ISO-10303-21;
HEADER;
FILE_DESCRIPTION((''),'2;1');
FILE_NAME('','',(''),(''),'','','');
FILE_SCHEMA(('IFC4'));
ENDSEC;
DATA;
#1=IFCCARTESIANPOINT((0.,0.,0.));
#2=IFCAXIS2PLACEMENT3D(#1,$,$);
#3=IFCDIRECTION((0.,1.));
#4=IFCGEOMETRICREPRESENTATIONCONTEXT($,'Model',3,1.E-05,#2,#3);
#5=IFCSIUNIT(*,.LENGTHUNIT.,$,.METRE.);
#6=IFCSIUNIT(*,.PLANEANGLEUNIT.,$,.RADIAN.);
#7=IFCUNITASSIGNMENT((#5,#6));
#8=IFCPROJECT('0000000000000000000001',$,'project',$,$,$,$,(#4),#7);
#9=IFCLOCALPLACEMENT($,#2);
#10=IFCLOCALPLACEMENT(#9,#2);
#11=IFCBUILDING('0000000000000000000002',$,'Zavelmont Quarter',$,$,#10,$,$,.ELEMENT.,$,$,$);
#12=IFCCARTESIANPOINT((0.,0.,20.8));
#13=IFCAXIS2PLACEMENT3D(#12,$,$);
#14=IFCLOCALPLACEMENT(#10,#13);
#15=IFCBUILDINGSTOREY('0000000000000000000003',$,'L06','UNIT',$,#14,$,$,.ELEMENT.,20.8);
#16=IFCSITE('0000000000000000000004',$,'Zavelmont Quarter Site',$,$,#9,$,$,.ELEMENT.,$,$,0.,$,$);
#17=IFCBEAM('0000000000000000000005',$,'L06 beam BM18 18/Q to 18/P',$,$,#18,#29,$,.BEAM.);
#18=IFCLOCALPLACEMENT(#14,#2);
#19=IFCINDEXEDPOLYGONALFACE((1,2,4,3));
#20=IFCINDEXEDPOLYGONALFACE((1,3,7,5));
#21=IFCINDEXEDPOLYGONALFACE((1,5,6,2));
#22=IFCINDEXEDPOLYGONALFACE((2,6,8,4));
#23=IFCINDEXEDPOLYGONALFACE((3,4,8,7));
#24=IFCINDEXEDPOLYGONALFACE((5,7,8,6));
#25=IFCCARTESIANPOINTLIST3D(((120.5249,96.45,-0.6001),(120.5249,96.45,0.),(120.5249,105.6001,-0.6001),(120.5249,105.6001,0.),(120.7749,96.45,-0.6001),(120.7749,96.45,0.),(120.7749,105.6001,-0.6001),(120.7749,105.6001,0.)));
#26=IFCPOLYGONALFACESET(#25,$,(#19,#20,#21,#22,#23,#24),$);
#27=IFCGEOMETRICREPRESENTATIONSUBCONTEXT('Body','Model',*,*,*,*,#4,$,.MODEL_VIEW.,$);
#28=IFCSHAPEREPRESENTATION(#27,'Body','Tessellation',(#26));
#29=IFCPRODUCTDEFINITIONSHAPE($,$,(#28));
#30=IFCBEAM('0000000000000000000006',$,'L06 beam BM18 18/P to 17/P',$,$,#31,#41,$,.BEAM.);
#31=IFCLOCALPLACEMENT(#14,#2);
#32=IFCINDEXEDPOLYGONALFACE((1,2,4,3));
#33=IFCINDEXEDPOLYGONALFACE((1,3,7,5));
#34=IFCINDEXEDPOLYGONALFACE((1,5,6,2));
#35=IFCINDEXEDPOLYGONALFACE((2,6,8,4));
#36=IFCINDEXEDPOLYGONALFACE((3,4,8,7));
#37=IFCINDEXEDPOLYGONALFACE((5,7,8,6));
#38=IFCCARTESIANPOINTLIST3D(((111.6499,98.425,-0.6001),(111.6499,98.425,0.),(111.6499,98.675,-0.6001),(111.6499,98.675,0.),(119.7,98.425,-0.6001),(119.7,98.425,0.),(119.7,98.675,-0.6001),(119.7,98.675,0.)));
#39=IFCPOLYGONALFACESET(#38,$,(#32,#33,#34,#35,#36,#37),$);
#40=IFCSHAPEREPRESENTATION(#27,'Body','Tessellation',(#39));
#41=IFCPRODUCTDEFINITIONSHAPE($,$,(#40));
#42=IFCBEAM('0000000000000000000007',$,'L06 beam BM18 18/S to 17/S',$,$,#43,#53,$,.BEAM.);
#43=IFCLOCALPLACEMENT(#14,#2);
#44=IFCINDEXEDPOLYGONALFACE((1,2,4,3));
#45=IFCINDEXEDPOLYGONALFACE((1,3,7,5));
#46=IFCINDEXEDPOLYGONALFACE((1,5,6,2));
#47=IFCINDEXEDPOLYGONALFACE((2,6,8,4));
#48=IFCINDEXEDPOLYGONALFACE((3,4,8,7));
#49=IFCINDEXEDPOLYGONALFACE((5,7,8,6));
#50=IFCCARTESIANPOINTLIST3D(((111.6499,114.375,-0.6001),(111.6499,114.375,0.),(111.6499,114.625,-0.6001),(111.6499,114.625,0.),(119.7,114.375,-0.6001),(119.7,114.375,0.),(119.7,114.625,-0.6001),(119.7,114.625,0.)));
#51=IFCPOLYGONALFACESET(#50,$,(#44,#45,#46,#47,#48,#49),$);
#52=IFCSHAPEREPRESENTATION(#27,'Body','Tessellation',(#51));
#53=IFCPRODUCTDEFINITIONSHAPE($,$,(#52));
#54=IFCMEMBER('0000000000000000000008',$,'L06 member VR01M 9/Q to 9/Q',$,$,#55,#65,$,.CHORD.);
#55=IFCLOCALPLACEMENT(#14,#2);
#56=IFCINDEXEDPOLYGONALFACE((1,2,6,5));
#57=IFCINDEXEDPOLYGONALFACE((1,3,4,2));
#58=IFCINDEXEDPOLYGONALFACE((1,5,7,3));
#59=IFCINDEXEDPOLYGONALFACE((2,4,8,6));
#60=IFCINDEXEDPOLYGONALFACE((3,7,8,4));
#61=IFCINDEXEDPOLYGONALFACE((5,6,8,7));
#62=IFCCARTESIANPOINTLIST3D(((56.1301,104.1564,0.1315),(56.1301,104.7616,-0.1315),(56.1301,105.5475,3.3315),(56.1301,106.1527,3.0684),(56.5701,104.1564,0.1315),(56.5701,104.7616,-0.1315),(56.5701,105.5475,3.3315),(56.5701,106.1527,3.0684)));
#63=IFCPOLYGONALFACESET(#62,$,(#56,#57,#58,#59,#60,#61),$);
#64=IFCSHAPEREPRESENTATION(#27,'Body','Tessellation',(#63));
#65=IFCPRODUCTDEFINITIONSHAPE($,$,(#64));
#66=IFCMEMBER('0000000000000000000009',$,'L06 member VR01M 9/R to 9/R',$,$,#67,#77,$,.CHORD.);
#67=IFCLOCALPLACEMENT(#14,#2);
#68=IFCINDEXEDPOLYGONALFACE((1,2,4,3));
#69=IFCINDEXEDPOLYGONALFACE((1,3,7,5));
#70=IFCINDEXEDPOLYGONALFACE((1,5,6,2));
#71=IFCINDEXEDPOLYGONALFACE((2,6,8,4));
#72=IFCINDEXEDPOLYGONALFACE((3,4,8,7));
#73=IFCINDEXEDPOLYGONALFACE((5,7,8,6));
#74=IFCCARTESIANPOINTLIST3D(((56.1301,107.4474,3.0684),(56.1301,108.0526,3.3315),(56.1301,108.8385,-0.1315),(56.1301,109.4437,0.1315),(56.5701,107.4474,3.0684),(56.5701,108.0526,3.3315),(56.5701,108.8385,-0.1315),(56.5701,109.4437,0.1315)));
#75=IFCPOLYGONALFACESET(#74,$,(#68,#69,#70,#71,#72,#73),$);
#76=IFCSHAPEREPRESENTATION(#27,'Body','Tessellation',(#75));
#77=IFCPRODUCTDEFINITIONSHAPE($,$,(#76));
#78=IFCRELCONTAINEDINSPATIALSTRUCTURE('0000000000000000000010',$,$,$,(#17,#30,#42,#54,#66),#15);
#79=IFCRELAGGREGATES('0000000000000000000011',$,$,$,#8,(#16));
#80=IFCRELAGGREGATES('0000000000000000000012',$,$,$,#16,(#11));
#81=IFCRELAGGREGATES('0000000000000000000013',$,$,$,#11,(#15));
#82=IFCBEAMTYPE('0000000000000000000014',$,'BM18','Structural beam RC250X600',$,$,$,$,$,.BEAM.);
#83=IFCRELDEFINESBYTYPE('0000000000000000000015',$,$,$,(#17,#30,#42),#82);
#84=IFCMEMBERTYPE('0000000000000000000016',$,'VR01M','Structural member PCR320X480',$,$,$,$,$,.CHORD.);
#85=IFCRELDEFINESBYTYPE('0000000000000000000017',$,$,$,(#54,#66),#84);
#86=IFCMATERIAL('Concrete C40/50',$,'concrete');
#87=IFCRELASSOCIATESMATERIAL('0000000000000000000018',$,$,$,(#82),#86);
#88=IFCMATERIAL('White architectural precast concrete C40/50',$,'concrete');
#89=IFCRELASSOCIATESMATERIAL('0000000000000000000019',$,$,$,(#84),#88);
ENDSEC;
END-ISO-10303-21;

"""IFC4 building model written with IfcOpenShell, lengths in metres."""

from ifc_helpers import new_model, si_unit, direction, frame, origin, origin_2d, place, context, subcontext, project, spatial, rectangle, extrude, material, material_profile, profile_set, type_object, element, save


model = new_model("IFC4")

# Units and contexts
model_context = context("Model", 3, precision=1e-05, world=origin(), true_north=direction((0.0, 1.0)))
body_context = subcontext(model_context, "Body", "Model", "MODEL_VIEW")
ifc_project = project(units=[si_unit("LENGTHUNIT", "METRE"), si_unit("PLANEANGLEUNIT", "RADIAN")], contexts=[model_context])

# Site, building, storey
site_placement = place(None, origin())
site = spatial("IfcSite", under=ifc_project, at=site_placement, Name="Zavelmont Quarter Site", CompositionType="ELEMENT", RefElevation=0.0)
building_placement = place(site_placement, origin())
building = spatial("IfcBuilding", under=site, at=building_placement, Name="Zavelmont Quarter", CompositionType="ELEMENT")
storey_placement = place(building_placement, frame((0.0, 0.0, 20.8)))
storey = spatial("IfcBuildingStorey", under=building, at=storey_placement, Name="L06", Description="UNIT", CompositionType="ELEMENT", Elevation=20.8)

# Beams
ifc_material_1 = material(Name="Concrete C40/50", Category="concrete")
ifc_material_profile_1 = material_profile(ifc_material_1, rectangle(XDim=0.25, YDim=0.6001, at=origin_2d()), Name="RC250X600")
ifc_profile_set_1 = profile_set([ifc_material_profile_1], Name="Concrete C40/50")
beam_type_1 = type_object("IfcBeamType", Name="BM18", Description="Structural beam RC250X600", PredefinedType="BEAM", material=ifc_profile_set_1)
for number, where, z_axis, x_axis, name in (
    (1, (120.6499, 105.6001, -0.3), (0.0, -1.0, 0.0), (1.0, 0.0, 0.0), "L06 beam BM18 18/Q to 18/P"),
):
    element("IfcBeam", number, at=place(storey_placement, frame(where, z_axis=z_axis, x_axis=x_axis)), inside=storey, type_object=beam_type_1, Name=name, PredefinedType="BEAM", context=body_context, shape_type="SweptSolid", body=[
        extrude(rectangle(XDim=0.25, YDim=0.6001, at=origin_2d()), origin(), (0.0, 0.0, 1.0), 9.1501),
    ])
for number, where, z_axis, x_axis, name in (
    (2, (119.7, 98.55, -0.3), (-1.0, 0.0, 0.0), (0.0, -1.0, 0.0), "L06 beam BM18 18/P to 17/P"),
    (3, (119.7, 114.5, -0.3), (-1.0, 0.0, 0.0), (0.0, -1.0, 0.0), "L06 beam BM18 18/S to 17/S"),
):
    element("IfcBeam", number, at=place(storey_placement, frame(where, z_axis=z_axis, x_axis=x_axis)), inside=storey, type_object=beam_type_1, Name=name, PredefinedType="BEAM", context=body_context, shape_type="SweptSolid", body=[
        extrude(rectangle(XDim=0.25, YDim=0.6001, at=origin_2d()), origin(), (0.0, 0.0, 1.0), 8.05),
    ])

# Members
ifc_material_2 = material(Name="White architectural precast concrete C40/50", Category="concrete")
ifc_material_profile_2 = material_profile(ifc_material_2, rectangle(XDim=0.4399, YDim=0.6599, at=origin_2d()), Name="PCR320X480")
ifc_profile_set_2 = profile_set([ifc_material_profile_2], Name="White architectural precast concrete C40/50")
member_type = type_object("IfcMemberType", Name="VR01M", Description="Structural member PCR320X480", PredefinedType="CHORD", material=ifc_profile_set_2)
for number, where, z_axis, x_axis, name in (
    (4, (56.3501, 104.459, 0.0), (0.0, 0.398685, 0.917088), (-1.0, 0.0, 0.0), "L06 member VR01M 9/Q to 9/Q"),
    (5, (56.3501, 109.1411, 0.0), (0.0, -0.398685, 0.917088), (1.0, 0.0, 0.0), "L06 member VR01M 9/R to 9/R"),
):
    element("IfcMember", number, at=place(storey_placement, frame(where, z_axis=z_axis, x_axis=x_axis)), inside=storey, type_object=member_type, Name=name, PredefinedType="CHORD", context=body_context, shape_type="SweptSolid", body=[
        extrude(rectangle(XDim=0.4399, YDim=0.6599, at=origin_2d()), origin(), (0.0, 0.0, 1.0), 3.4893),
    ])

save(model, "model.ifc")
